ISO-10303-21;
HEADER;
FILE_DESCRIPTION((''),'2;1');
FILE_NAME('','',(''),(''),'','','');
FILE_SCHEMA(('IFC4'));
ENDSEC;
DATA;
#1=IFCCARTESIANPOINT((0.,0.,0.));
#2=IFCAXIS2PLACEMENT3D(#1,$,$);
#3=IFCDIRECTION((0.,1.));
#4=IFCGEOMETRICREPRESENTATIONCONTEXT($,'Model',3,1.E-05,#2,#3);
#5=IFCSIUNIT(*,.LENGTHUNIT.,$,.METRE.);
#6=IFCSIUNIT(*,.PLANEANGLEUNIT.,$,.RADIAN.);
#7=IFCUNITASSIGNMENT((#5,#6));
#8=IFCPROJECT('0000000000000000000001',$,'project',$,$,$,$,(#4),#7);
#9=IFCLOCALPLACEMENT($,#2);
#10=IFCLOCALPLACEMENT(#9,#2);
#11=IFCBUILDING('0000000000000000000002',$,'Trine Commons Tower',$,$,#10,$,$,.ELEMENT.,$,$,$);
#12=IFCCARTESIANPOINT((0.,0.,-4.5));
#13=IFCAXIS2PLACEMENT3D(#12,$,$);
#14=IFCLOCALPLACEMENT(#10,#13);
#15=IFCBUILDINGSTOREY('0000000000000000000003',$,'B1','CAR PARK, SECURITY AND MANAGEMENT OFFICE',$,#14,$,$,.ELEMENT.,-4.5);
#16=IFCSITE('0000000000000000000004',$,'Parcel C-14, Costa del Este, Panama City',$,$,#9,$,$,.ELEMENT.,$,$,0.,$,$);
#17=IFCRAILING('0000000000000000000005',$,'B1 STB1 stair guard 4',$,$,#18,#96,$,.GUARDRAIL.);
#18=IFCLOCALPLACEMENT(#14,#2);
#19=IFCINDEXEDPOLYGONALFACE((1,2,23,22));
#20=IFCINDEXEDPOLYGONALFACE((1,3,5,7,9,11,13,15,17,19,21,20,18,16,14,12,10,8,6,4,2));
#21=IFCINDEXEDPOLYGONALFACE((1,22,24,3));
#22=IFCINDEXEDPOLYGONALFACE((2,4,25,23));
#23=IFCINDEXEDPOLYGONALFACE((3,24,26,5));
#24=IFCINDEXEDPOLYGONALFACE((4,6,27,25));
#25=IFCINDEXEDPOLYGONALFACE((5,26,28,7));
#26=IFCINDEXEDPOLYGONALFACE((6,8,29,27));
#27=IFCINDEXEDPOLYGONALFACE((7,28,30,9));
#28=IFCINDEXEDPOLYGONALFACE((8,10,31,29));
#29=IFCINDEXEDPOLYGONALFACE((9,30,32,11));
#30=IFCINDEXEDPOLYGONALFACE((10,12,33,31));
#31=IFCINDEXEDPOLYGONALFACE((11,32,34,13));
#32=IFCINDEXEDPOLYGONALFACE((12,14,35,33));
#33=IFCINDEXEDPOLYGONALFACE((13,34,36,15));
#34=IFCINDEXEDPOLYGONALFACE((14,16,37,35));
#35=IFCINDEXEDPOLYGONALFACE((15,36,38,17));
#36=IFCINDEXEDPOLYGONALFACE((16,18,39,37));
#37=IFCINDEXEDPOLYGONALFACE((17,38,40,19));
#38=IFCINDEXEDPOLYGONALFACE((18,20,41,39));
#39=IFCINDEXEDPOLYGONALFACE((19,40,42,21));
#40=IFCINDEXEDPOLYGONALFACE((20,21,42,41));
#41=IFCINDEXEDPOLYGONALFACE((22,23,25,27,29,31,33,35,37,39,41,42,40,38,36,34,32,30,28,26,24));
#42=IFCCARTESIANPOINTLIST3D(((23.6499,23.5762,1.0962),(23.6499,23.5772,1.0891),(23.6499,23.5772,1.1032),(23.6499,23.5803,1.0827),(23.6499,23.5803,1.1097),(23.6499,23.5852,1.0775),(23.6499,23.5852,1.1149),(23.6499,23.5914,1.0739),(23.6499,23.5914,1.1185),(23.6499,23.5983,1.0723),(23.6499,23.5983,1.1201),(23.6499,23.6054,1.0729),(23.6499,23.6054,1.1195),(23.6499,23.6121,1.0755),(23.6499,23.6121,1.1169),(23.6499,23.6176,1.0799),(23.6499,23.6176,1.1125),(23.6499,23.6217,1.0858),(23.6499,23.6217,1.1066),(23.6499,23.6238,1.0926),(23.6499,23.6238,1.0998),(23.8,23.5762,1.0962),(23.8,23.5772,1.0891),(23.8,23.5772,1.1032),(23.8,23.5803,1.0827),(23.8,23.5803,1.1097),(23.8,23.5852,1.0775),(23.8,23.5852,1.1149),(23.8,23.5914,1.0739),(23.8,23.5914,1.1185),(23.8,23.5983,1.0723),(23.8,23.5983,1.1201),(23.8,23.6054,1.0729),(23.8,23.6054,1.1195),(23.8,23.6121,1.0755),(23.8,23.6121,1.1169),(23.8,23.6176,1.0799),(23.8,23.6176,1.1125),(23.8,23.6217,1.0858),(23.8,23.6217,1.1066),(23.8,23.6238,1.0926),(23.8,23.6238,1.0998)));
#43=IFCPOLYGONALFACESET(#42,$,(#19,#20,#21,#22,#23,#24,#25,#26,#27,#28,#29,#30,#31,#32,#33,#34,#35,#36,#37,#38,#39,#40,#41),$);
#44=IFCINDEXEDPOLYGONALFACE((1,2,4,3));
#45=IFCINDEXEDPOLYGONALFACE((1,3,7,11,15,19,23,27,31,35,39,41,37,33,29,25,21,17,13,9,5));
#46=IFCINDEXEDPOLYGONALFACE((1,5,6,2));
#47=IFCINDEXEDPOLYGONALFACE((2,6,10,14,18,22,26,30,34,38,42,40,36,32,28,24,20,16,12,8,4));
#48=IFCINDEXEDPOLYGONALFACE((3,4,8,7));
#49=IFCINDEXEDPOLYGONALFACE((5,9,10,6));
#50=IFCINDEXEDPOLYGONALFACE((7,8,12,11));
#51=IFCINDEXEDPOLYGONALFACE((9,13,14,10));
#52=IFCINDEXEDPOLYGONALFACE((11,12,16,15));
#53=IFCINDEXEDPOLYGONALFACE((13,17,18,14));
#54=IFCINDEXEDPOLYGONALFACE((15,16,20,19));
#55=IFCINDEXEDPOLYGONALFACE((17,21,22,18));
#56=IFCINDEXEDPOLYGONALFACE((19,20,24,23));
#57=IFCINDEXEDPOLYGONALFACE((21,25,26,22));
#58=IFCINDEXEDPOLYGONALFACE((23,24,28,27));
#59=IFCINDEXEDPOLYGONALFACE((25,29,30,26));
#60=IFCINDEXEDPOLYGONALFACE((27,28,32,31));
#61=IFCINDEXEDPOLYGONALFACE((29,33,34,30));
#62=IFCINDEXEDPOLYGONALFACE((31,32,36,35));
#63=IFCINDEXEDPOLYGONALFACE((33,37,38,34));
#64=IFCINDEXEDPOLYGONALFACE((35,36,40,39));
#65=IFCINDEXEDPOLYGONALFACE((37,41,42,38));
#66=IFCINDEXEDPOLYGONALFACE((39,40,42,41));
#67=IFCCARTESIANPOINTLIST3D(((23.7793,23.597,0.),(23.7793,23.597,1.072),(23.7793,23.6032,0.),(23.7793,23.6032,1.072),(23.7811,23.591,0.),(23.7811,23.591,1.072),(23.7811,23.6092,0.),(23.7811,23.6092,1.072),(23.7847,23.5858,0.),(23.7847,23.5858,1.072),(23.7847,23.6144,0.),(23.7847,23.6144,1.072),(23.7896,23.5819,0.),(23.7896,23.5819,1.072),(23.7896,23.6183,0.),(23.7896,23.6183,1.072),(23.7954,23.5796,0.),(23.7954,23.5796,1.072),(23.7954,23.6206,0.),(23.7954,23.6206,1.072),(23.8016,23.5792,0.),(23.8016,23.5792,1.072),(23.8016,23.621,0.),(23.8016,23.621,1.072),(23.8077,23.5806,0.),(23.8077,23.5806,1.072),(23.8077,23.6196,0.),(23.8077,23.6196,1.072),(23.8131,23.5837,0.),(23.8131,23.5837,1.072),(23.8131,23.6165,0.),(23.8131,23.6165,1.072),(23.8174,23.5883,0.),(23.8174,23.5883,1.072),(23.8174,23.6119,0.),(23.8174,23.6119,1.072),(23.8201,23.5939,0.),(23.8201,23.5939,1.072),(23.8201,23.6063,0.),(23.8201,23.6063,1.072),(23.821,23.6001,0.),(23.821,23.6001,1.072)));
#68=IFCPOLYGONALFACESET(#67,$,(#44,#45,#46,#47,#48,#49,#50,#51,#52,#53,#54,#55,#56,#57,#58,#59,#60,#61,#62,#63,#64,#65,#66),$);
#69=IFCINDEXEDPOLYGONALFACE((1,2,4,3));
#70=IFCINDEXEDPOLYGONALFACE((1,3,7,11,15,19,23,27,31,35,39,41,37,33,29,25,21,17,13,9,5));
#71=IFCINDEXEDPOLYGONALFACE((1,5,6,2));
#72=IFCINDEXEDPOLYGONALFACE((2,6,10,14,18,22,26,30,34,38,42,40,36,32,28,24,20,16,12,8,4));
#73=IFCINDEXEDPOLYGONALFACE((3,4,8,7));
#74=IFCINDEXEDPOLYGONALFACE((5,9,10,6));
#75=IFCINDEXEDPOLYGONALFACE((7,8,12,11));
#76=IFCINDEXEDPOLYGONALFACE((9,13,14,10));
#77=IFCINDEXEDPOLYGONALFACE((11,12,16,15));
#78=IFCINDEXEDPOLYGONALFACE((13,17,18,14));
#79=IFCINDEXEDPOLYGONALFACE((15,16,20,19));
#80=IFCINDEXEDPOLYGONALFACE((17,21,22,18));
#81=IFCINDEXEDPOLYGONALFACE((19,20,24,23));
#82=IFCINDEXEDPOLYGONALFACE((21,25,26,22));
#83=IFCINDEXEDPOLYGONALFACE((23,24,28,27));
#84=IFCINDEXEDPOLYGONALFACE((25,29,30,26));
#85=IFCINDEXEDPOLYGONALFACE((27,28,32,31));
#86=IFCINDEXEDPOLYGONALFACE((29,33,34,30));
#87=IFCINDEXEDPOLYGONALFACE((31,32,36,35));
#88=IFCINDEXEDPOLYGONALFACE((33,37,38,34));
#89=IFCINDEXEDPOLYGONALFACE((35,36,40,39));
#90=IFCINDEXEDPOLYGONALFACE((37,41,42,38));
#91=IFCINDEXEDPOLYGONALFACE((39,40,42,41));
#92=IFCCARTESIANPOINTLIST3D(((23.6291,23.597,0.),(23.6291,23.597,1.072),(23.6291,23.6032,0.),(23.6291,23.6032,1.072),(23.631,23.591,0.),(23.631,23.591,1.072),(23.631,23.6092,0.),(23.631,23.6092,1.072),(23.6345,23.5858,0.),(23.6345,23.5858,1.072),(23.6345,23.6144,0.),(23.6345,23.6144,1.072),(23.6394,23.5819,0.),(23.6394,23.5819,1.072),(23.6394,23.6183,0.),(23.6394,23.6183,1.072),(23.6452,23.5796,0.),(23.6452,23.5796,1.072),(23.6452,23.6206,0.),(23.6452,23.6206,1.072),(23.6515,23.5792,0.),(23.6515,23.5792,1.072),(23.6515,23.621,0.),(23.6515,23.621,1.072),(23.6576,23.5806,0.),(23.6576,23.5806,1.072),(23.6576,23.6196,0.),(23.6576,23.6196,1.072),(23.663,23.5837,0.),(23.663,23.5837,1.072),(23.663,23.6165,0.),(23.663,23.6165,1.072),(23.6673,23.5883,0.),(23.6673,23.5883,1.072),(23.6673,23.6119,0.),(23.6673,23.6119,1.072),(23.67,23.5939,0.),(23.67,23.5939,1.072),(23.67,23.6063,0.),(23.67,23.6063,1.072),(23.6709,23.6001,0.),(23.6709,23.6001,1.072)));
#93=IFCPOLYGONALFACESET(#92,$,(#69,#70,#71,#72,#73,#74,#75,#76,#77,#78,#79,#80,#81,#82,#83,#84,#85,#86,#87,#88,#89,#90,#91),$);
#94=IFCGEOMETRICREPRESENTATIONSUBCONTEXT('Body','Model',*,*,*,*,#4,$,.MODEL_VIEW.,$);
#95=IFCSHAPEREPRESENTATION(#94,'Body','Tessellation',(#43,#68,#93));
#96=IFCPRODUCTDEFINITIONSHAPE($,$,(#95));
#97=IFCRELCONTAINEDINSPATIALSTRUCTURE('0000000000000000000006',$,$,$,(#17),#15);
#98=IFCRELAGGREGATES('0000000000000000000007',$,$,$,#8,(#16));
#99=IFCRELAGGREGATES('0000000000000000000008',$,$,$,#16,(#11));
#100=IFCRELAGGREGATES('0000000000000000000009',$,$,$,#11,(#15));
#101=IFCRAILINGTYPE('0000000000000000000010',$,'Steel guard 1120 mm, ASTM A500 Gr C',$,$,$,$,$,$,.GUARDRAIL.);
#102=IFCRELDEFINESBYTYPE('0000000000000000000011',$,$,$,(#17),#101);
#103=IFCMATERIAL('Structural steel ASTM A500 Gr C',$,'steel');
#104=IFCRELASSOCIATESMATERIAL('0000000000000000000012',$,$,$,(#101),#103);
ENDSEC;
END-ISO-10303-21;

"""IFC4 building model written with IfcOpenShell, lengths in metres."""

from ifc_helpers import new_model, si_unit, direction, frame, origin, origin_2d, place, context, subcontext, project, spatial, circle, extrude, material, type_object, element, save


model = new_model("IFC4")

# Units and contexts
model_context = context("Model", 3, precision=1e-05, world=origin(), true_north=direction((0.0, 1.0)))
body_context = subcontext(model_context, "Body", "Model", "MODEL_VIEW")
ifc_project = project(units=[si_unit("LENGTHUNIT", "METRE"), si_unit("PLANEANGLEUNIT", "RADIAN")], contexts=[model_context])

# Site, building, storey
site_placement = place(None, origin())
site = spatial("IfcSite", under=ifc_project, at=site_placement, Name="Parcel C-14, Costa del Este, Panama City", CompositionType="ELEMENT", RefElevation=0.0)
building_placement = place(site_placement, origin())
building = spatial("IfcBuilding", under=site, at=building_placement, Name="Trine Commons Tower", CompositionType="ELEMENT")
storey_placement = place(building_placement, frame((0.0, 0.0, -4.5)))
storey = spatial("IfcBuildingStorey", under=building, at=storey_placement, Name="B1", Description="CAR PARK, SECURITY AND MANAGEMENT OFFICE", CompositionType="ELEMENT", Elevation=-4.5)

# Railing
ifc_material_1 = material(Name="Structural steel ASTM A500 Gr C", Category="steel")
railing_type_1 = type_object("IfcRailingType", Name="Steel guard 1120 mm, ASTM A500 Gr C", PredefinedType="GUARDRAIL", material=ifc_material_1)
railing_1_placement = place(storey_placement, frame((23.8, 23.6001, 0.0)))
element("IfcRailing", 1, at=railing_1_placement, inside=storey, type_object=railing_type_1, Name="B1 STB1 stair guard 4", PredefinedType="GUARDRAIL", context=body_context, shape_type="SweptSolid", body=[
    extrude(circle(Radius=0.0239, at=origin_2d()), frame((0.0, 0.0, 1.0962), z_axis=(-1.0, 0.0, 0.0), x_axis=(0.0, -1.0, 0.0)), (0.0, 0.0, 1.0), 0.1501),
    extrude(circle(Radius=0.021, at=origin_2d()), origin(), (0.0, 0.0, 1.0), 1.072),
    extrude(circle(Radius=0.021, at=origin_2d()), frame((-0.1501, 0.0, 0.0)), (0.0, 0.0, 1.0), 1.072),
])

save(model, "model.ifc")
